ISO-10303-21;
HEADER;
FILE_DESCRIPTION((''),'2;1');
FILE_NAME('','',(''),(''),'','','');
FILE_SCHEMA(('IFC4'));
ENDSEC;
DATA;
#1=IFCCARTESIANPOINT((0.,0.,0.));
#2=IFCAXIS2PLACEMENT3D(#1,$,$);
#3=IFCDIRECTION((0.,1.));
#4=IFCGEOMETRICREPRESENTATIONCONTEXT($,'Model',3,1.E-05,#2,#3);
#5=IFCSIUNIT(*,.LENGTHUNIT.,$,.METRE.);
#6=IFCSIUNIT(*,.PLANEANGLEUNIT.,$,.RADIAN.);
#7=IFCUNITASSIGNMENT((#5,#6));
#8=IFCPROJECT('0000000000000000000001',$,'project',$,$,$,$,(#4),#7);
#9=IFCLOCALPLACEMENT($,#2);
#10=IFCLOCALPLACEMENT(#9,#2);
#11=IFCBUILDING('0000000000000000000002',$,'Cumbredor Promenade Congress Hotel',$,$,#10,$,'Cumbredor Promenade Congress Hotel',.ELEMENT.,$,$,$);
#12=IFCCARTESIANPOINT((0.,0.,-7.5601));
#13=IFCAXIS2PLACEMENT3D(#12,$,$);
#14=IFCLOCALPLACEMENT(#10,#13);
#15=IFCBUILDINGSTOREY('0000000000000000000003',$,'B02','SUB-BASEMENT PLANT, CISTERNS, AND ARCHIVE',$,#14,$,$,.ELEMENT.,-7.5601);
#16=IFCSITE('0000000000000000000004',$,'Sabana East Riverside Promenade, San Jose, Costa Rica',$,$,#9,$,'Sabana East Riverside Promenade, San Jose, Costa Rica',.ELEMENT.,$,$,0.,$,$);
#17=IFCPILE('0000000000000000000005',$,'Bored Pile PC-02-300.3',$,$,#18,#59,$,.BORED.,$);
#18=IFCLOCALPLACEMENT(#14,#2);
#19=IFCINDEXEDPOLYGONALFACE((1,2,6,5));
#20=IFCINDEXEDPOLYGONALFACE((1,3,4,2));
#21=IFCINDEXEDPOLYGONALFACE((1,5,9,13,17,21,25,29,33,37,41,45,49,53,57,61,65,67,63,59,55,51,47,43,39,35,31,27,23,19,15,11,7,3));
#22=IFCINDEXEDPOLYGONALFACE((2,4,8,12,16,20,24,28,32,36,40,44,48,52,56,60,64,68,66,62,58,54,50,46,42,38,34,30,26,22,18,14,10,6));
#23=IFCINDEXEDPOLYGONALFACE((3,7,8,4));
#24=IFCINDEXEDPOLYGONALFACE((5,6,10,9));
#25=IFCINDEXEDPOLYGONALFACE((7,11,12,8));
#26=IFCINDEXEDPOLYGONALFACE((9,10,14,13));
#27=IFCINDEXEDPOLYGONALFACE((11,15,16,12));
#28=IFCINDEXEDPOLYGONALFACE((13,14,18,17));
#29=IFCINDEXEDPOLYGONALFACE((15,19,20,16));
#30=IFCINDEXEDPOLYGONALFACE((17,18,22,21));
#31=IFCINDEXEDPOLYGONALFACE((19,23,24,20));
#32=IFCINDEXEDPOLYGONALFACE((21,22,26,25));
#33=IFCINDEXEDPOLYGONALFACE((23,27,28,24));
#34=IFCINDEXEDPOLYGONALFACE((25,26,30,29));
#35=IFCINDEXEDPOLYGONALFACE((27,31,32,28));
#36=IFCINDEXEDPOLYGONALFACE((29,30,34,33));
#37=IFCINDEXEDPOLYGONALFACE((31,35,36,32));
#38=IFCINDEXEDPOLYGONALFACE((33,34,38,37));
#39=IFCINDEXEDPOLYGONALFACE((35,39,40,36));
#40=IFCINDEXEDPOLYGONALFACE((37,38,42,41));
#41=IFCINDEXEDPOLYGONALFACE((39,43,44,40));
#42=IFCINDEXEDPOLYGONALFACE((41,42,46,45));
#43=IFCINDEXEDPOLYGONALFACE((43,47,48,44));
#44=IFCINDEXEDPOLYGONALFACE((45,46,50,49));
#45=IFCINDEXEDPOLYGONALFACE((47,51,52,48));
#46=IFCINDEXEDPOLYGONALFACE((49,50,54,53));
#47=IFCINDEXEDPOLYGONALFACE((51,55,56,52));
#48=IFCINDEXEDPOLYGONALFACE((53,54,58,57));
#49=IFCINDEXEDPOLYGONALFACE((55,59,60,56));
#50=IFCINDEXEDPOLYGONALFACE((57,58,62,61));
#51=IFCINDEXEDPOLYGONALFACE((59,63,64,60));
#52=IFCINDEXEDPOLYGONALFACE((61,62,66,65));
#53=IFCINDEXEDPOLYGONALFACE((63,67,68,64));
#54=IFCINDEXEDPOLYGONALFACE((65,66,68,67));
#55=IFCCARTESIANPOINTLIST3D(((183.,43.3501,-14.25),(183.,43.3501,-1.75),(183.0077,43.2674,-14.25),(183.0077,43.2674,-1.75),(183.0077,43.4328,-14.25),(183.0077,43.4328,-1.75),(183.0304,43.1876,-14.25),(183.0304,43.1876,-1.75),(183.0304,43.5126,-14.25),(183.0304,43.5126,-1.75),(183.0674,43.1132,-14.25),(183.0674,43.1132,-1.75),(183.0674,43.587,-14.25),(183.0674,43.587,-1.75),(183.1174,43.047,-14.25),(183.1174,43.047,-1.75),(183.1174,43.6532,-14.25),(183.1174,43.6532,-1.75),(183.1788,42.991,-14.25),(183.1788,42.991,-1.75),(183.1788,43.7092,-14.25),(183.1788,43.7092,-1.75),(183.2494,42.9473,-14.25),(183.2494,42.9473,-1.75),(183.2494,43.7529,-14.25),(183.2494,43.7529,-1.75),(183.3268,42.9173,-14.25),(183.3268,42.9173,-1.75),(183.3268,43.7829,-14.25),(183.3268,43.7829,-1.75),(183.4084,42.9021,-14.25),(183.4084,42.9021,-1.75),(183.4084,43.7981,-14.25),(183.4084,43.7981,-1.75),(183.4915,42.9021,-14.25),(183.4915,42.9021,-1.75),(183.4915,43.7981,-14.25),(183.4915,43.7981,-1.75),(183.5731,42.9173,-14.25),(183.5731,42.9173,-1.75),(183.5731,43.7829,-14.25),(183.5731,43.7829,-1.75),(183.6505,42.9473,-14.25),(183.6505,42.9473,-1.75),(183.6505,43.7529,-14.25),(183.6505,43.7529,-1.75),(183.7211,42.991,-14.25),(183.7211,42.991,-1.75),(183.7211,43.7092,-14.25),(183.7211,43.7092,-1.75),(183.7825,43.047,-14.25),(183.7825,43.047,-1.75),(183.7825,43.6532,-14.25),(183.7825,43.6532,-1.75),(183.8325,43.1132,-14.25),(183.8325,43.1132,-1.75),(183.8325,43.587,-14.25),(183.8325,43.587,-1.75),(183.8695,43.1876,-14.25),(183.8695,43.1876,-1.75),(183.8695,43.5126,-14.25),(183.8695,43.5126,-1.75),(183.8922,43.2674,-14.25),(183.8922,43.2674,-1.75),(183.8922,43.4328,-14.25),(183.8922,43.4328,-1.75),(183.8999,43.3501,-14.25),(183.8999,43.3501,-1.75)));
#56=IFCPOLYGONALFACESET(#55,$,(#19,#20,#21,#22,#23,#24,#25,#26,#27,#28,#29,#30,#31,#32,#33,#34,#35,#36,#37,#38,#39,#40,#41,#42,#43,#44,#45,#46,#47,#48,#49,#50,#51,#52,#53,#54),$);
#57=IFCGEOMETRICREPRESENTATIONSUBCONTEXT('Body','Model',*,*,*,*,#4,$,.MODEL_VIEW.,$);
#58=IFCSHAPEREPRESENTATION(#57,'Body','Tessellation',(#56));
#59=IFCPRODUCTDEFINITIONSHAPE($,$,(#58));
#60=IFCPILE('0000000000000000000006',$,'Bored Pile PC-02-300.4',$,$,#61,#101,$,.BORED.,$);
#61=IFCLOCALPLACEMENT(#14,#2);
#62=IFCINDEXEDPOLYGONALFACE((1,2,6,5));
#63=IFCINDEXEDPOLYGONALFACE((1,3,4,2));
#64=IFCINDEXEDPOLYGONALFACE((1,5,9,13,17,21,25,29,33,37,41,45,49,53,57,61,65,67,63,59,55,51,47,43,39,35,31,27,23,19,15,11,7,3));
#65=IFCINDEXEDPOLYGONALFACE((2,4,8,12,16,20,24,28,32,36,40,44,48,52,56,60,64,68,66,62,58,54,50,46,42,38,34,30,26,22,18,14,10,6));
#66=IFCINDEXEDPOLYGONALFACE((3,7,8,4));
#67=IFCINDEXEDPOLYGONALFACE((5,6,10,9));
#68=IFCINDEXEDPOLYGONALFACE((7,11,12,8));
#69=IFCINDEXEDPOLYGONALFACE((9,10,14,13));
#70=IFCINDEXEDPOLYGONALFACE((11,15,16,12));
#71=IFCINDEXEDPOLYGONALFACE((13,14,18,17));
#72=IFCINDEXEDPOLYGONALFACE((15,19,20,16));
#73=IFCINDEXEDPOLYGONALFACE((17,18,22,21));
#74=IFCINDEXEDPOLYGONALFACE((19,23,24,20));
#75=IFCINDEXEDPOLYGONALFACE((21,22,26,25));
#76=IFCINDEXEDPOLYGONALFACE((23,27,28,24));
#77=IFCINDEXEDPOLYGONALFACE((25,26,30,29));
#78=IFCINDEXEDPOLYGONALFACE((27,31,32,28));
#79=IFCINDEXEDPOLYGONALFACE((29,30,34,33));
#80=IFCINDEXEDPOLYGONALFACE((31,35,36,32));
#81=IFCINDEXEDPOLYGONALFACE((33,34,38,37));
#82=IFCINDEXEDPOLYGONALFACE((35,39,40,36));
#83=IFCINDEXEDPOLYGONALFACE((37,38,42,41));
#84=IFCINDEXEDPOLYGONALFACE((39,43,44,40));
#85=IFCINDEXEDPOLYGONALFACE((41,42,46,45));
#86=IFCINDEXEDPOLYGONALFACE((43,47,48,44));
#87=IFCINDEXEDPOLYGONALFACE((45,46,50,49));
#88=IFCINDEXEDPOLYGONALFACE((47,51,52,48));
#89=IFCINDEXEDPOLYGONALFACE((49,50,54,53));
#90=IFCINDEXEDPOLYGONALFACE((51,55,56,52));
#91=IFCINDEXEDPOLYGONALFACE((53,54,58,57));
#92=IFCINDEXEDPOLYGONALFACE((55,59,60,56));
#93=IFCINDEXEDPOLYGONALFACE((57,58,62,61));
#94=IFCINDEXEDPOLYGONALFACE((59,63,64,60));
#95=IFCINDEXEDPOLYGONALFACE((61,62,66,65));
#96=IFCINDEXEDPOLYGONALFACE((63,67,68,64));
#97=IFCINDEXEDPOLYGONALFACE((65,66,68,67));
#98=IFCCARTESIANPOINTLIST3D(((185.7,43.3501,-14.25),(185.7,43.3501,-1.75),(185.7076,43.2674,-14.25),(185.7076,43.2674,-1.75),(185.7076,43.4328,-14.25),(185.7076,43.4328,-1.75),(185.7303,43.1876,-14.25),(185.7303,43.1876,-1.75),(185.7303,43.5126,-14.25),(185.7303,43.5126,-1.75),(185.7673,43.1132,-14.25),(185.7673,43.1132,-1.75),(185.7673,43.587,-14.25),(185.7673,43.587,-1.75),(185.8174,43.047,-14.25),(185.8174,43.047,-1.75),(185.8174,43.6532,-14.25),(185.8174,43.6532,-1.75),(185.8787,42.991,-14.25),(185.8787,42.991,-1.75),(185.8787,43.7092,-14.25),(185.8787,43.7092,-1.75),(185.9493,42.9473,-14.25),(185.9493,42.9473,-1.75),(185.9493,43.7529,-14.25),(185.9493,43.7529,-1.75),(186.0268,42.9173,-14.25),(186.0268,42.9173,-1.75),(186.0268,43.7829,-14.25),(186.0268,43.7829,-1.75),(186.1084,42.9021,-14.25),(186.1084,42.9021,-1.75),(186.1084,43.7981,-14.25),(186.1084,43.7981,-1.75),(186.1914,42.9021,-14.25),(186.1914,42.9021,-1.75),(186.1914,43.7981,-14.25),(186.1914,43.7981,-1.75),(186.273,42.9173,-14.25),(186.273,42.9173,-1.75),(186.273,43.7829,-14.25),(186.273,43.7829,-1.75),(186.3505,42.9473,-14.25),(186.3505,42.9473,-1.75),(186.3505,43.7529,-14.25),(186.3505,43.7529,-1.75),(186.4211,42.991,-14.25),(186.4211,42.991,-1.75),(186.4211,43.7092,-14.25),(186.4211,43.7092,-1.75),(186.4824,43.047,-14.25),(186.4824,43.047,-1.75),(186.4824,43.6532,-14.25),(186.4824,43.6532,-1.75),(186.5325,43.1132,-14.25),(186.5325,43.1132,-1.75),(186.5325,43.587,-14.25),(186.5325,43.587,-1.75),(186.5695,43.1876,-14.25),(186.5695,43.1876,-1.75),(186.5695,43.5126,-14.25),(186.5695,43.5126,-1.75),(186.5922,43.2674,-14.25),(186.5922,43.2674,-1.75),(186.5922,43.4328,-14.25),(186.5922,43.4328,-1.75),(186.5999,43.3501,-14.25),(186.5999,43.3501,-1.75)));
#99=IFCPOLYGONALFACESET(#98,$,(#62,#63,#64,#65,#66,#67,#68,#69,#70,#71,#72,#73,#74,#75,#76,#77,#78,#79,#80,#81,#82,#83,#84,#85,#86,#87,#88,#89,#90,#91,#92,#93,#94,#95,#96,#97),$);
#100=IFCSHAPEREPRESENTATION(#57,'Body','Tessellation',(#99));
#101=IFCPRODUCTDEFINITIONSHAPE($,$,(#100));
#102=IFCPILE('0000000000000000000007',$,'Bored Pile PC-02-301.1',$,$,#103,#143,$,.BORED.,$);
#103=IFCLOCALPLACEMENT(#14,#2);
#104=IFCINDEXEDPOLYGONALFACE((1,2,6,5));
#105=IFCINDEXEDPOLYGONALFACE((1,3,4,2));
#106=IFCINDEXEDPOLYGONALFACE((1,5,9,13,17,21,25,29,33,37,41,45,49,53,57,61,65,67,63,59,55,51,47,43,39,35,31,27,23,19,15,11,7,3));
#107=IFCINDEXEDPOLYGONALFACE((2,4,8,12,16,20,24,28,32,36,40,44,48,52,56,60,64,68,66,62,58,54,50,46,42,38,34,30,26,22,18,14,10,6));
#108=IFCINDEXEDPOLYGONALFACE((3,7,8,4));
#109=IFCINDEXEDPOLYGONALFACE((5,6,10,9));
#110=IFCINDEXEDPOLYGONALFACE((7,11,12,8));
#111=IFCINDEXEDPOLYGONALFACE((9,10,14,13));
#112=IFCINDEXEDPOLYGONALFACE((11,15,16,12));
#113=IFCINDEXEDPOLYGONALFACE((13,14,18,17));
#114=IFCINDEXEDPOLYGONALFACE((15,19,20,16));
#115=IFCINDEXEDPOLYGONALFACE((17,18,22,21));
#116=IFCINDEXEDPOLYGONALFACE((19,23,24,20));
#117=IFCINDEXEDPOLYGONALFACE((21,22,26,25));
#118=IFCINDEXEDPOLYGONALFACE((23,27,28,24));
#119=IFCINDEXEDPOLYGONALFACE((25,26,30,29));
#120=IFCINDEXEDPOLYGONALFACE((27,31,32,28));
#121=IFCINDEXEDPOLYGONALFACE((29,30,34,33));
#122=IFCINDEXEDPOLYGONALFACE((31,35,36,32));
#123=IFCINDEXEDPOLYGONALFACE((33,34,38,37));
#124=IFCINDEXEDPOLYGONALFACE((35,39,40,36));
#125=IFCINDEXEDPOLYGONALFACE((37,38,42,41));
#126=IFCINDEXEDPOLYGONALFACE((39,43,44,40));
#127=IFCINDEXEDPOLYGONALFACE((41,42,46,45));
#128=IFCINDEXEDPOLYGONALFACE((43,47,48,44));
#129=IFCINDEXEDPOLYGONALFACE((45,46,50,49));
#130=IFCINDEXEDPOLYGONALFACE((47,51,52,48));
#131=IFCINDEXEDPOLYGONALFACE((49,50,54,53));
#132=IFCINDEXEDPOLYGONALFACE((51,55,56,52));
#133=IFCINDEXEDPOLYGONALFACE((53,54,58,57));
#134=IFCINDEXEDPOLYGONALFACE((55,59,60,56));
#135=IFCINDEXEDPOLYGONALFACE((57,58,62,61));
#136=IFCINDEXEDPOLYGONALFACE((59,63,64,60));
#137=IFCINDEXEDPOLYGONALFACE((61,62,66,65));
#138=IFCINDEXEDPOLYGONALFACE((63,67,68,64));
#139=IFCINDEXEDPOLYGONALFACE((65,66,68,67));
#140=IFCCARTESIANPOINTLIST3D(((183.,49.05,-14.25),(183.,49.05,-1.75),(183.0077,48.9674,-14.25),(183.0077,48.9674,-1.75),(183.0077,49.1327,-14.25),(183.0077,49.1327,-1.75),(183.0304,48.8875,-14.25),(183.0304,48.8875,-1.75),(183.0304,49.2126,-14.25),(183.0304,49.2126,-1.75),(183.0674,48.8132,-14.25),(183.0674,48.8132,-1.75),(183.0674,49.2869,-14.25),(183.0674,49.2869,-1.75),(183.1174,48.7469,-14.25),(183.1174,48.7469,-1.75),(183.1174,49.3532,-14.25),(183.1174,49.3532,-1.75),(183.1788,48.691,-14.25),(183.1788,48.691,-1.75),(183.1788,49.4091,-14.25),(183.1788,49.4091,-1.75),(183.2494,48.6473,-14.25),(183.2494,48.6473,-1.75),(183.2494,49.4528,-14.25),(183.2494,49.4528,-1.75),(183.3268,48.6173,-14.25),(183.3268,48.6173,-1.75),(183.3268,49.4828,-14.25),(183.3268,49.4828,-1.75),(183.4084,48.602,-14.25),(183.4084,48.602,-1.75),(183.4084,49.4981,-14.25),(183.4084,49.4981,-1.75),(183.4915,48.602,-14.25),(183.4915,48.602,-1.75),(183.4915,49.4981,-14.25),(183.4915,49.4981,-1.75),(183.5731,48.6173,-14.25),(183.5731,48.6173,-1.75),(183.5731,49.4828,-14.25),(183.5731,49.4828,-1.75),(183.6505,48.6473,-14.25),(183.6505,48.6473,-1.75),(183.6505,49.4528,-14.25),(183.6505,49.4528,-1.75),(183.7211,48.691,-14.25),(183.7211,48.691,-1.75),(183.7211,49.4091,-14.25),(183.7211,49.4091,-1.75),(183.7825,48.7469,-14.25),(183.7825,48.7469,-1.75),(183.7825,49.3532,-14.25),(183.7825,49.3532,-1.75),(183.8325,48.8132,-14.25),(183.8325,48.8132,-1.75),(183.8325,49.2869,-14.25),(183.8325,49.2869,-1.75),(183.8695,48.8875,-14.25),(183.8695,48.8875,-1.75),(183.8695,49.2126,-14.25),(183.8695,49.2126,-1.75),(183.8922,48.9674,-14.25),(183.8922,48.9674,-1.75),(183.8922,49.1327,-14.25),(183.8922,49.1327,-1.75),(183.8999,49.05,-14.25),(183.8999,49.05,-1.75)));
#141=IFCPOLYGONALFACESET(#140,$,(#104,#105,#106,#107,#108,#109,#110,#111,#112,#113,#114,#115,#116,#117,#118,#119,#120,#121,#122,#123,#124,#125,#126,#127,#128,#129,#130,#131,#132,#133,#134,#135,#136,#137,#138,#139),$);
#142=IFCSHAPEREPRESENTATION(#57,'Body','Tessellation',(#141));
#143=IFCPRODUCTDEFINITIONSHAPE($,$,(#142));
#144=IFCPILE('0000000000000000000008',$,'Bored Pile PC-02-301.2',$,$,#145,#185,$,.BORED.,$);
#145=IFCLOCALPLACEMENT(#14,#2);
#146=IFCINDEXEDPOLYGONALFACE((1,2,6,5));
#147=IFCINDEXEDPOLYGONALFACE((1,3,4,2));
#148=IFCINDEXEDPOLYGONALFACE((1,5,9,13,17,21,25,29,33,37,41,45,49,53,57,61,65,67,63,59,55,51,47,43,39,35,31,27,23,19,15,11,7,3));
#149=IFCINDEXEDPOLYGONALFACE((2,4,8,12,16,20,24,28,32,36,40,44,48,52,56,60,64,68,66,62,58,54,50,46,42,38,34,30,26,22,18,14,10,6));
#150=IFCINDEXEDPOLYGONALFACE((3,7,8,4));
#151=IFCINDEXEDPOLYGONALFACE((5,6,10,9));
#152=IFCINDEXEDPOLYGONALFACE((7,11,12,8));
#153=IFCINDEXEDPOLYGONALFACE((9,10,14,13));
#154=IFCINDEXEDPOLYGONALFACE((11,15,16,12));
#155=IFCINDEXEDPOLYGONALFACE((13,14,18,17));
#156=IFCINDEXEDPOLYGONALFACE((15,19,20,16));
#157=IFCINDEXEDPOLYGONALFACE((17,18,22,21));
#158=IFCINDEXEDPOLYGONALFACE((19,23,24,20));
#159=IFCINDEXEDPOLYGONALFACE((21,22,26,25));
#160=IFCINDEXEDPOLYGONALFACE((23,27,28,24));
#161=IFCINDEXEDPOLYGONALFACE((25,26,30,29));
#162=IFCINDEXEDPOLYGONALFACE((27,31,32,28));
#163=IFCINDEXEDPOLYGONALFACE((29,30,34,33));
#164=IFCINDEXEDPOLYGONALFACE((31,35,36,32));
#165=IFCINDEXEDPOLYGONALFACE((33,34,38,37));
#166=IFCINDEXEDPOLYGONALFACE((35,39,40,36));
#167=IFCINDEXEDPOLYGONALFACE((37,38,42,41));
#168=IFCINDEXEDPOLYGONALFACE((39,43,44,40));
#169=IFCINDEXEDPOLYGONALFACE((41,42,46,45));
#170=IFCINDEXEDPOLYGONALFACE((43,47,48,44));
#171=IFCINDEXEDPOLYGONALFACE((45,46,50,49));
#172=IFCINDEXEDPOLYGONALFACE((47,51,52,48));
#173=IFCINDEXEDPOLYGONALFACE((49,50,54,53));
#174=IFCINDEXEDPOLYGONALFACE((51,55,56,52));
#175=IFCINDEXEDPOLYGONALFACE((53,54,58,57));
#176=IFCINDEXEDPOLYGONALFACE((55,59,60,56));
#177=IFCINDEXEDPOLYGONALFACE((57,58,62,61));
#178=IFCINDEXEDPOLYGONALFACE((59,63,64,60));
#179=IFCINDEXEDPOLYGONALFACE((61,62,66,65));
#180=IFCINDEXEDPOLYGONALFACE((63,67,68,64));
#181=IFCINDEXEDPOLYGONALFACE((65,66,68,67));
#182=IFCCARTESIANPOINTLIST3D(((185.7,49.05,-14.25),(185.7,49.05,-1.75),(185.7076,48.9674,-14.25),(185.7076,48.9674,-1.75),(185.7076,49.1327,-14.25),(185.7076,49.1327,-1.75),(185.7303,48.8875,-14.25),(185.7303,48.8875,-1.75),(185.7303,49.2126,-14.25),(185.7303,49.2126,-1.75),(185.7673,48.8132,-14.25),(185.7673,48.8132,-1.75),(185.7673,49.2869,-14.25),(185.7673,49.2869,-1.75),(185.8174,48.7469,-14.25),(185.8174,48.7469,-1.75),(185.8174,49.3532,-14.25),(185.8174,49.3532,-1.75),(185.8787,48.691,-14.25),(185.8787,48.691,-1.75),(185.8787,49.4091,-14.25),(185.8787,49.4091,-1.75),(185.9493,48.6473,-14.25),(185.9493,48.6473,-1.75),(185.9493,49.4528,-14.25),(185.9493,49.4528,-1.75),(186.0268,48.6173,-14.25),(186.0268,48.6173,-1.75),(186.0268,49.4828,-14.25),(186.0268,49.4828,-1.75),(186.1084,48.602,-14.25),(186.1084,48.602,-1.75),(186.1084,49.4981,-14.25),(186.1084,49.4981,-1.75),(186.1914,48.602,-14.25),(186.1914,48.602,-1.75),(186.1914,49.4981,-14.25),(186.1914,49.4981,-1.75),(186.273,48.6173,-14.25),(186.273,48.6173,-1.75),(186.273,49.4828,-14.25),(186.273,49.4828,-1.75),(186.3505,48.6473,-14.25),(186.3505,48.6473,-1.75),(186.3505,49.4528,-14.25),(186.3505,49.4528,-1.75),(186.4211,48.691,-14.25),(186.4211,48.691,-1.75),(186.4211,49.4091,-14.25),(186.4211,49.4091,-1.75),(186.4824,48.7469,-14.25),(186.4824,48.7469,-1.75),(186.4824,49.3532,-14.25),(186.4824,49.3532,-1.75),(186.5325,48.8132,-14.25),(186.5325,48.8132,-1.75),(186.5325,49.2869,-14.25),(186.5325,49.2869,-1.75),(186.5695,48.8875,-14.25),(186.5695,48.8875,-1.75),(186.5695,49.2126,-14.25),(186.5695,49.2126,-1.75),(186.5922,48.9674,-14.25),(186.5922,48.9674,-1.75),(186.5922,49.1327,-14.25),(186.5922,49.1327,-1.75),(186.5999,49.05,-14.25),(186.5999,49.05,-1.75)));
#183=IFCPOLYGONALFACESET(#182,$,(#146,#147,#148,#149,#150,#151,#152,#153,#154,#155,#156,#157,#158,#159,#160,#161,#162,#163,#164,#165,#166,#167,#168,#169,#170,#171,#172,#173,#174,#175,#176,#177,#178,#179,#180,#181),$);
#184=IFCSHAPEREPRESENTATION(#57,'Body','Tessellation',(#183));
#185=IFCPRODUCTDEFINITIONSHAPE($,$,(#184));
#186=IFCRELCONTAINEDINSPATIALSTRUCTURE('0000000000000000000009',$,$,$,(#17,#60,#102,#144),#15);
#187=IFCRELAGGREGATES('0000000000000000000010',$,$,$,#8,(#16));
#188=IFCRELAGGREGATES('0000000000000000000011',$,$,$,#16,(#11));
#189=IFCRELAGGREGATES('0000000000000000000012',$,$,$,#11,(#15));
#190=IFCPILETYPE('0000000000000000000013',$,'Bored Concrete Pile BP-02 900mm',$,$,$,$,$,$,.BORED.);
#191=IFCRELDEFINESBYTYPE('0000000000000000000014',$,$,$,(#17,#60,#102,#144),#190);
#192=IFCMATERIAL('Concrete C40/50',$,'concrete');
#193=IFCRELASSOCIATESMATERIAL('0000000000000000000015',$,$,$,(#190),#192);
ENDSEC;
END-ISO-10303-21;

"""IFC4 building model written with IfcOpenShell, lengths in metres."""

from ifc_helpers import new_model, si_unit, direction, frame, origin, origin_2d, place, context, subcontext, project, spatial, circle, extrude, material, material_profile, profile_set, type_object, element, save


model = new_model("IFC4")

# Units and contexts
model_context = context("Model", 3, precision=1e-05, world=origin(), true_north=direction((0.0, 1.0)))
body_context = subcontext(model_context, "Body", "Model", "MODEL_VIEW")
ifc_project = project(units=[si_unit("LENGTHUNIT", "METRE"), si_unit("PLANEANGLEUNIT", "RADIAN")], contexts=[model_context])

# Site, building, storey
site_placement = place(None, origin())
site = spatial("IfcSite", under=ifc_project, at=site_placement, Name="Sabana East Riverside Promenade, San Jose, Costa Rica", LongName="Sabana East Riverside Promenade, San Jose, Costa Rica", CompositionType="ELEMENT", RefElevation=0.0)
building_placement = place(site_placement, origin())
building = spatial("IfcBuilding", under=site, at=building_placement, Name="Cumbredor Promenade Congress Hotel", LongName="Cumbredor Promenade Congress Hotel", CompositionType="ELEMENT")
storey_placement = place(building_placement, frame((0.0, 0.0, -7.5601)))
storey = spatial("IfcBuildingStorey", under=building, at=storey_placement, Name="B02", Description="SUB-BASEMENT PLANT, CISTERNS, AND ARCHIVE", CompositionType="ELEMENT", Elevation=-7.5601)

# Piles
ifc_material_1 = material(Name="Concrete C40/50", Category="concrete")
ifc_material_profile_1 = material_profile(ifc_material_1, circle(Radius=0.45, at=origin_2d()), Name="PILE D900")
ifc_profile_set_1 = profile_set([ifc_material_profile_1], Name="Concrete C40/50")
pile_type = type_object("IfcPileType", Name="Bored Concrete Pile BP-02 900mm", PredefinedType="BORED", material=ifc_profile_set_1)
for number, where, z_axis, x_axis, name in (
    (1, (183.45, 43.3501, -1.75), (0.0, 0.0, -1.0), (1.0, 0.0, 0.0), "Bored Pile PC-02-300.3"),
    (2, (186.1499, 43.3501, -1.75), (0.0, 0.0, -1.0), (1.0, 0.0, 0.0), "Bored Pile PC-02-300.4"),
    (3, (183.45, 49.05, -1.75), (0.0, 0.0, -1.0), (1.0, 0.0, 0.0), "Bored Pile PC-02-301.1"),
    (4, (186.1499, 49.05, -1.75), (0.0, 0.0, -1.0), (1.0, 0.0, 0.0), "Bored Pile PC-02-301.2"),
):
    element("IfcPile", number, at=place(storey_placement, frame(where, z_axis=z_axis, x_axis=x_axis)), inside=storey, type_object=pile_type, Name=name, PredefinedType="BORED", context=body_context, shape_type="SweptSolid", body=[
        extrude(circle(Radius=0.45, at=origin_2d()), origin(), (0.0, 0.0, 1.0), 12.5),
    ])

save(model, "model.ifc")
